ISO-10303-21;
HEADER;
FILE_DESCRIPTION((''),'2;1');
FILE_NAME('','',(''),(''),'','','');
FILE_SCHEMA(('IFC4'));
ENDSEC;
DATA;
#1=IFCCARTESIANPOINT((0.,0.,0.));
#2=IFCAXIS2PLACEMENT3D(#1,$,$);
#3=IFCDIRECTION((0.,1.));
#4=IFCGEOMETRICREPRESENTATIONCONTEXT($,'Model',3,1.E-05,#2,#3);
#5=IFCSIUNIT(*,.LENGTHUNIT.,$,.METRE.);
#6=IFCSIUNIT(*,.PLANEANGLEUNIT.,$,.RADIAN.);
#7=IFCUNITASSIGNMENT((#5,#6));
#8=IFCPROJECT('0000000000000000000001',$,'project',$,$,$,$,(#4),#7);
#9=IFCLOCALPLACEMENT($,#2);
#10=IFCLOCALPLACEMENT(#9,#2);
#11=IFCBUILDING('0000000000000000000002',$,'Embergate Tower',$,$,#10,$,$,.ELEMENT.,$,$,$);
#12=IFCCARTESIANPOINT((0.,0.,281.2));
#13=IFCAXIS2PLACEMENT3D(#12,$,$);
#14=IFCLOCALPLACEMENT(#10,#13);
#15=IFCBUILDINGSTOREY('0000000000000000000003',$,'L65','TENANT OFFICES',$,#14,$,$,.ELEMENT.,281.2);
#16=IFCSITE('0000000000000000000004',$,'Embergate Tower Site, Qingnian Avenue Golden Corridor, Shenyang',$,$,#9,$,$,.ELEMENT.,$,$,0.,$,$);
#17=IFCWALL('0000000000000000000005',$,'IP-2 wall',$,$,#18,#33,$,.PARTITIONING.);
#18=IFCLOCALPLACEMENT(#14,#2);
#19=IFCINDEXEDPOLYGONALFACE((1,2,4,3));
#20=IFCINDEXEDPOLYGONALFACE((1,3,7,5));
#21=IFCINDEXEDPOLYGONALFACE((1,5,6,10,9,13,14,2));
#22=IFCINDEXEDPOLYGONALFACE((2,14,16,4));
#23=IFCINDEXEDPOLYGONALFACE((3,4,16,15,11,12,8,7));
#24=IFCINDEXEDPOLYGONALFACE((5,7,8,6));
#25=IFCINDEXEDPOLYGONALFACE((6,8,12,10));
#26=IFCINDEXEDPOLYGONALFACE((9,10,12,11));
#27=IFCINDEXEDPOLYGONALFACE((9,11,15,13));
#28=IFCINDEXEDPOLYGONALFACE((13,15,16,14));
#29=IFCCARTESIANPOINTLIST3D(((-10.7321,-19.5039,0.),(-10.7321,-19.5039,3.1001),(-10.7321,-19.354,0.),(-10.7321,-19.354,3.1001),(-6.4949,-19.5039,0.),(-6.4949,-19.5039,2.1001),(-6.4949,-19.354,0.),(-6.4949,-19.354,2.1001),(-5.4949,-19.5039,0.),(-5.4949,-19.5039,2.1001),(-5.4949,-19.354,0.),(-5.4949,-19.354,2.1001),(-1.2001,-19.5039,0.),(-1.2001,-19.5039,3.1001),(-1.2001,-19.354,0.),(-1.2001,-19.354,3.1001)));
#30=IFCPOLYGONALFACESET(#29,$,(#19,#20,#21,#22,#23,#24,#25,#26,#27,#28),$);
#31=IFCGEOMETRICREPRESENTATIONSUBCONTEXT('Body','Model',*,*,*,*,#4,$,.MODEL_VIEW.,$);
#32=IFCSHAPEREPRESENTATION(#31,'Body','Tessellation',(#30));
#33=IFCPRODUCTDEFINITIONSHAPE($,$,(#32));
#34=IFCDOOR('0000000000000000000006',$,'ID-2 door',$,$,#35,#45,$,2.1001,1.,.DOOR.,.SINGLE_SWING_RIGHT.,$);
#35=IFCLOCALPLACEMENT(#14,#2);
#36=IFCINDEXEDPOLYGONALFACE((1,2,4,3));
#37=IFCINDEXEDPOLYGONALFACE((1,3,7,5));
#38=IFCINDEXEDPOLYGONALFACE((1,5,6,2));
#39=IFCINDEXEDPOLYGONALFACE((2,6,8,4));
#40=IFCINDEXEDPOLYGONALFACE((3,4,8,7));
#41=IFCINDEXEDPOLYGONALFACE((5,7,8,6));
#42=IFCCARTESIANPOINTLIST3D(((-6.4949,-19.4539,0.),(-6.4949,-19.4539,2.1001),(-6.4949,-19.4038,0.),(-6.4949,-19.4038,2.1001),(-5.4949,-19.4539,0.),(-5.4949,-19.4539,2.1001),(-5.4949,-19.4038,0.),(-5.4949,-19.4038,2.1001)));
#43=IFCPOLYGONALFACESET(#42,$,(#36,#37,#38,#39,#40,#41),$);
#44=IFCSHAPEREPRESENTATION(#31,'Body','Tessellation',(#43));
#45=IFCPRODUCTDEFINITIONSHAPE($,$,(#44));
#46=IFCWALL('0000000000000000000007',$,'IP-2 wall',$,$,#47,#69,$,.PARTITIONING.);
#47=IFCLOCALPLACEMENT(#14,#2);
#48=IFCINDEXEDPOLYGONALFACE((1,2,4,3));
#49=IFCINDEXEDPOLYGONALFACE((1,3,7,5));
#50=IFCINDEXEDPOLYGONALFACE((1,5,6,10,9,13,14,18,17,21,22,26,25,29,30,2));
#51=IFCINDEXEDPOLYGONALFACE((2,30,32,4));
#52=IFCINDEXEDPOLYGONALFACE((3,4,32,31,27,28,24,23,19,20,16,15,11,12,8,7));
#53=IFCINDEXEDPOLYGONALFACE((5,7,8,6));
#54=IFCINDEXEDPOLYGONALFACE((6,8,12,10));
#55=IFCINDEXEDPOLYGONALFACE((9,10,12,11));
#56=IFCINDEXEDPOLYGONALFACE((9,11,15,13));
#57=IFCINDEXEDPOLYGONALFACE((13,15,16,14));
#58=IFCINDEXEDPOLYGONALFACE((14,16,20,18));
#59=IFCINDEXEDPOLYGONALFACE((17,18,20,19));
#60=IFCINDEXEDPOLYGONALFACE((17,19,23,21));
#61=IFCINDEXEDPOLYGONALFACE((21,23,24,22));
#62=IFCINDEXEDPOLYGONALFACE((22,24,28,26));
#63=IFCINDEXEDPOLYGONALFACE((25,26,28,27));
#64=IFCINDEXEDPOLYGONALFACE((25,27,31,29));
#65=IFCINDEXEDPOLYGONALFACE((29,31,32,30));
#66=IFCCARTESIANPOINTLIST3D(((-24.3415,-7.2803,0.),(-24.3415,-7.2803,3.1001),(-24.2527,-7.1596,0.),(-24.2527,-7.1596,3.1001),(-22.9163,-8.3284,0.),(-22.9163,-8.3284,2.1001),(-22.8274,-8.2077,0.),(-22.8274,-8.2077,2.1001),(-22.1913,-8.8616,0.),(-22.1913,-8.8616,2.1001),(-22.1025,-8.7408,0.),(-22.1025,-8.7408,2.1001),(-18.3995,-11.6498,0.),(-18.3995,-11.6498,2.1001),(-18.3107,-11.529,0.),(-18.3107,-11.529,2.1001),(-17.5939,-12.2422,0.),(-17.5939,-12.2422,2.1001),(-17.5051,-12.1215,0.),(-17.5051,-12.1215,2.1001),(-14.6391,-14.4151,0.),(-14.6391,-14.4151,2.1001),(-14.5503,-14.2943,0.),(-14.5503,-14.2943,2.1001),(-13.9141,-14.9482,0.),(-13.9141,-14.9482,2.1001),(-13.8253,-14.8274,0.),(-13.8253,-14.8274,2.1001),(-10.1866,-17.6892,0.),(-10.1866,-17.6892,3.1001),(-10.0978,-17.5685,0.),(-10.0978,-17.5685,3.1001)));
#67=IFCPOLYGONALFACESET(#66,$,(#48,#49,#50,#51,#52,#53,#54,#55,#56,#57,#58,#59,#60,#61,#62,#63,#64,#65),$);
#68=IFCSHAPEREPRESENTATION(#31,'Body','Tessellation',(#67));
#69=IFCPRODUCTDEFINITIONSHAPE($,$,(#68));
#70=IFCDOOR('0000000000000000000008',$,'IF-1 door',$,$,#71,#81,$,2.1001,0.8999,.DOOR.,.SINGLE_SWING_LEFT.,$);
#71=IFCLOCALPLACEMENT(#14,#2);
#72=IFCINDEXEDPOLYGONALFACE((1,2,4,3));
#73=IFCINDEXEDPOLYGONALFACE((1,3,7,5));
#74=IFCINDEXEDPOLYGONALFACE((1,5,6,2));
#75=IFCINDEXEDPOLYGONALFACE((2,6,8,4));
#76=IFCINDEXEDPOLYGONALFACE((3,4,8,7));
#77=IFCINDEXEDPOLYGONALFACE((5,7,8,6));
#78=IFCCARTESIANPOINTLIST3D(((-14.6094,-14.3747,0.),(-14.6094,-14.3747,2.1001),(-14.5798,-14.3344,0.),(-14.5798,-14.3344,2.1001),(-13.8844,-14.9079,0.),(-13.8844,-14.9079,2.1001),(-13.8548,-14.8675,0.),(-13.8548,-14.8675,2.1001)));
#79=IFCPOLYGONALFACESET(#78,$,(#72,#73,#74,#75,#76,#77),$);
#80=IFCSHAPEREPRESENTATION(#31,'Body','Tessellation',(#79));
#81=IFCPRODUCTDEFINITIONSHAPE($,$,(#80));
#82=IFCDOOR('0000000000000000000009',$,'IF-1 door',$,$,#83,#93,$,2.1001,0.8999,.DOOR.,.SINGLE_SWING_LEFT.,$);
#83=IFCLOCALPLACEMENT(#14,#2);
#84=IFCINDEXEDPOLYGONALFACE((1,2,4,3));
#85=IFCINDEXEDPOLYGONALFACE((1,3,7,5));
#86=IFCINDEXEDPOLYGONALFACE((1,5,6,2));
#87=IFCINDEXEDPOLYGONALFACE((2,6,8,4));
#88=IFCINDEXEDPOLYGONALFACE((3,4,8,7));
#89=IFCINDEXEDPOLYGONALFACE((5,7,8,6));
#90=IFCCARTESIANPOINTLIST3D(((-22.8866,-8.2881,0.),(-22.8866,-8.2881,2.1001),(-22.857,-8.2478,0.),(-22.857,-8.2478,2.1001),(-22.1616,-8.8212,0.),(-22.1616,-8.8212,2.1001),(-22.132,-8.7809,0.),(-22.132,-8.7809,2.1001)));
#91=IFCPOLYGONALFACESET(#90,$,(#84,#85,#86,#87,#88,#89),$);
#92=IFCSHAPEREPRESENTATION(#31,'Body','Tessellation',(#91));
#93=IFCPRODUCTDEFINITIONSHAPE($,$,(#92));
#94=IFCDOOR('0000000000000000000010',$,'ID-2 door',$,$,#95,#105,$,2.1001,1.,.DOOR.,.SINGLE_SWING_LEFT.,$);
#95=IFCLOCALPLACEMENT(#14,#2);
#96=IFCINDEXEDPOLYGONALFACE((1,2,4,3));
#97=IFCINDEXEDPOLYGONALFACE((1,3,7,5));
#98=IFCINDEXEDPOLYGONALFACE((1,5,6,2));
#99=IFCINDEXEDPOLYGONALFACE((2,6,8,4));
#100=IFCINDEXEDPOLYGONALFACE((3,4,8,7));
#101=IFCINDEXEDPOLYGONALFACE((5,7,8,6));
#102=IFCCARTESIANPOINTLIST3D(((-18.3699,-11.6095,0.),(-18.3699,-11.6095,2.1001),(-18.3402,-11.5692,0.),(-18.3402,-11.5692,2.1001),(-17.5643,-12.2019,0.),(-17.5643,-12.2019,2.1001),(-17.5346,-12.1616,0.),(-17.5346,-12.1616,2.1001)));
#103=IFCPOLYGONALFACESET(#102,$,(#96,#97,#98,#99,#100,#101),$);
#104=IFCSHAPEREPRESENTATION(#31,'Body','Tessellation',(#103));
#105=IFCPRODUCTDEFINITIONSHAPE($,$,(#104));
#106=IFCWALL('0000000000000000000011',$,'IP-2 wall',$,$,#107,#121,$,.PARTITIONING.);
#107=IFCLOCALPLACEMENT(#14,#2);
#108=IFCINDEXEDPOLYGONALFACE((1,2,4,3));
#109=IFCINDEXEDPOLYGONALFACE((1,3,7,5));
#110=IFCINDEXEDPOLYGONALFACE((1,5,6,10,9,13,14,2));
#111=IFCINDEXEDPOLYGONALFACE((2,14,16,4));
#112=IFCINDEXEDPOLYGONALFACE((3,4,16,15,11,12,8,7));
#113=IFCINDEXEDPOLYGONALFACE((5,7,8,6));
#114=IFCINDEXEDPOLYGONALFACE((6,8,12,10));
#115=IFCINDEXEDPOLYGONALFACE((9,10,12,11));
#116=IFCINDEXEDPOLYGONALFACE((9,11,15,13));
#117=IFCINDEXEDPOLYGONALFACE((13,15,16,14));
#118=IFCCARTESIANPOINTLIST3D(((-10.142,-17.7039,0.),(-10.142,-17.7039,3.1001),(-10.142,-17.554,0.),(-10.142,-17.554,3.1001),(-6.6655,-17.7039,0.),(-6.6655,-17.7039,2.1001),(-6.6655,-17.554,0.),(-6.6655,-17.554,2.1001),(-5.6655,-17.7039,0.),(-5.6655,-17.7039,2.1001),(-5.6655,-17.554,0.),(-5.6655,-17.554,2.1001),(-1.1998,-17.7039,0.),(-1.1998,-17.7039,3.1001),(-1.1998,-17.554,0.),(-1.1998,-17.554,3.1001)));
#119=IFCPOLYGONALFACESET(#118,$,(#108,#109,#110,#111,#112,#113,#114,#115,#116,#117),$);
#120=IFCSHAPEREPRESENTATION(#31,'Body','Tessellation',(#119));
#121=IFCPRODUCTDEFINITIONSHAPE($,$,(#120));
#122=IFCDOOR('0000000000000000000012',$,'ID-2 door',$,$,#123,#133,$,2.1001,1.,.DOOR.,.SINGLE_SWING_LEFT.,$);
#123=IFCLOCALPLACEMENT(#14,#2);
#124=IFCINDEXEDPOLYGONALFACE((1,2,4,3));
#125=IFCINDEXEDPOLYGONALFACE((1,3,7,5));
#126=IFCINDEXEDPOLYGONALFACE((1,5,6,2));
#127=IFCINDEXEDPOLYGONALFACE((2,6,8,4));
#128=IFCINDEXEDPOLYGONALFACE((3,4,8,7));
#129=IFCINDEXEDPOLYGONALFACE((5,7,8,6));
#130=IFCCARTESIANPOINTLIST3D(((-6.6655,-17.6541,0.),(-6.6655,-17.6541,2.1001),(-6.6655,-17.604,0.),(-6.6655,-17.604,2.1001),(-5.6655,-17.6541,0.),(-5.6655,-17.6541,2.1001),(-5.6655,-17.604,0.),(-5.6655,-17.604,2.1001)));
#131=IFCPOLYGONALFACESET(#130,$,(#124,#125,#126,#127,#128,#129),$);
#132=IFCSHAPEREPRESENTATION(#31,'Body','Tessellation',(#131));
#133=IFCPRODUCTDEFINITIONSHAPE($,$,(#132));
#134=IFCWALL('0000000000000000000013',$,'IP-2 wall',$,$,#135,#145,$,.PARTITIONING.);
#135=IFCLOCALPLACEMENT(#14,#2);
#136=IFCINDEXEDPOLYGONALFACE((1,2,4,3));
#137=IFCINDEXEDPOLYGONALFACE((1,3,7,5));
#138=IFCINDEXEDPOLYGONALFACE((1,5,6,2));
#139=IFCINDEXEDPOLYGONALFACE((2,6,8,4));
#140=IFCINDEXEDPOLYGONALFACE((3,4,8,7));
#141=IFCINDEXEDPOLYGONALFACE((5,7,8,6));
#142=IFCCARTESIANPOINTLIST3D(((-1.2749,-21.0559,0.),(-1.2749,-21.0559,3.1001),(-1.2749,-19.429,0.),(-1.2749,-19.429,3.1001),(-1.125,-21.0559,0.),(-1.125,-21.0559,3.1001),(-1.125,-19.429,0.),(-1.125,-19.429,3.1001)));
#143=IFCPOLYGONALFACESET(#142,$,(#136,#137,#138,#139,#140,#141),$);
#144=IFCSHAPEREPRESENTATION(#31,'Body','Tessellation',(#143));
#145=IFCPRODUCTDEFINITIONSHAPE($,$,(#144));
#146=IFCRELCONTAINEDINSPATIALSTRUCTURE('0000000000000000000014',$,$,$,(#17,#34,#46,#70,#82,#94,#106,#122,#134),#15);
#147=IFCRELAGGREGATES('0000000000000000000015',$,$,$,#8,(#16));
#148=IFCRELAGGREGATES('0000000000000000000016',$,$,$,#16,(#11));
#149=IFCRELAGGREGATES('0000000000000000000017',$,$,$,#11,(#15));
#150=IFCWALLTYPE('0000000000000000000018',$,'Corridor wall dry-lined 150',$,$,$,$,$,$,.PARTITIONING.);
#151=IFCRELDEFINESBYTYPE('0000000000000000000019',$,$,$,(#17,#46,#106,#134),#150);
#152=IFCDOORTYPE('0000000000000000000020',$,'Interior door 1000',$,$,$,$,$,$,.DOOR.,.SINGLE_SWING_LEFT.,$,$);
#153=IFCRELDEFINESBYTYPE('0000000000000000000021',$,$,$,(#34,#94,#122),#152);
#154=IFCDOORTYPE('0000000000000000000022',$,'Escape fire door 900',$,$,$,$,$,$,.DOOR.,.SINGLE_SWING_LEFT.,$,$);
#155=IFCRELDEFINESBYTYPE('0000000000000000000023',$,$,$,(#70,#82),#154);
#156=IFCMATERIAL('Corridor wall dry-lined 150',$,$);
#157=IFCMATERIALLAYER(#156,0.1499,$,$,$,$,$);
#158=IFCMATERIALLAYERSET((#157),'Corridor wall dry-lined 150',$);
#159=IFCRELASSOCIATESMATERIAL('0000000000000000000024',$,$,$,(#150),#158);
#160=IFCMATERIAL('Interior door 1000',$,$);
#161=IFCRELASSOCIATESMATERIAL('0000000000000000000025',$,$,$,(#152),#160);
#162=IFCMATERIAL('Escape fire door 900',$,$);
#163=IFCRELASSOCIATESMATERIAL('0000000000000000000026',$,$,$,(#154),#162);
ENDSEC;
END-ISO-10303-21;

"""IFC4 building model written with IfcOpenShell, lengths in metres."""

from ifc_helpers import new_model, si_unit, direction, frame, frame_2d, origin, place, context, subcontext, project, spatial, rectangle, extrude, source, transform, mapped, material, layer, layer_set, type_object, element, fill, save


model = new_model("IFC4")

# Units and contexts
model_context = context("Model", 3, precision=1e-05, world=origin(), true_north=direction((0.0, 1.0)))
body_context = subcontext(model_context, "Body", "Model", "MODEL_VIEW")
ifc_project = project(units=[si_unit("LENGTHUNIT", "METRE"), si_unit("PLANEANGLEUNIT", "RADIAN")], contexts=[model_context])

# Site, building, storey
site_placement = place(None, origin())
site = spatial("IfcSite", under=ifc_project, at=site_placement, Name="Embergate Tower Site, Qingnian Avenue Golden Corridor, Shenyang", CompositionType="ELEMENT", RefElevation=0.0)
building_placement = place(site_placement, origin())
building = spatial("IfcBuilding", under=site, at=building_placement, Name="Embergate Tower", CompositionType="ELEMENT")
storey_placement = place(building_placement, frame((0.0, 0.0, 281.2)))
storey = spatial("IfcBuildingStorey", under=building, at=storey_placement, Name="L65", Description="TENANT OFFICES", CompositionType="ELEMENT", Elevation=281.2)

# Wall, opening, door
ifc_material_1 = material(Name="Corridor wall dry-lined 150")
ifc_layer_1 = layer(ifc_material_1, 0.1499)
ifc_layer_set_1 = layer_set([ifc_layer_1], Name="Corridor wall dry-lined 150")
wall_type_1 = type_object("IfcWallType", Name="Corridor wall dry-lined 150", PredefinedType="PARTITIONING", material=ifc_layer_set_1)
shared_shape_1 = source(origin(), body_context, "Body", "SweptSolid", [
    extrude(rectangle(XDim=9.532, YDim=0.1499, at=frame_2d((4.7661, 0.0))), origin(), (0.0, 0.0, 1.0), 3.1001),
])
wall_1_placement = place(storey_placement, frame((-1.2, -19.429, 0.0), z_axis=(0.0, 0.0, 1.0), x_axis=(-1.0, 0.0, 0.0)))
wall_1 = element("IfcWall", 1, at=wall_1_placement, inside=storey, type_object=wall_type_1, Name="IP-2 wall", PredefinedType="PARTITIONING", context=body_context, shape_type="MappedRepresentation", body=[
    mapped(shared_shape_1, transform((0.0, 0.0, 0.0))),
])
shared_shape_2 = source(origin(), body_context, "Body", "SweptSolid", [
    extrude(rectangle(XDim=1.0, YDim=2.1001, at=frame_2d((0.5, 1.05))), frame((0.0, 0.085, 0.0), z_axis=(0.0, -1.0, 0.0), x_axis=(1.0, 0.0, 0.0)), (0.0, 0.0, 1.0), 0.1699),
])
opening_1_placement = place(wall_1_placement, frame((4.2949, 0.0, 0.0)))
opening_1 = element("IfcOpeningElement", 2, at=opening_1_placement, cuts=wall_1, PredefinedType="OPENING", context=body_context, shape_type="MappedRepresentation", body=[
    mapped(shared_shape_2, transform((0.0, 0.0, 0.0))),
])
ifc_material_2 = material(Name="Interior door 1000")
door_type_1 = type_object("IfcDoorType", Name="Interior door 1000", OperationType="SINGLE_SWING_LEFT", PredefinedType="DOOR", material=ifc_material_2)
shared_shape_3 = source(origin(), body_context, "Body", "SweptSolid", [
    extrude(rectangle(XDim=1.0, YDim=2.1001, at=frame_2d((0.5, 1.05))), frame((0.0, 0.0249, 0.0), z_axis=(0.0, -1.0, 0.0), x_axis=(1.0, 0.0, 0.0)), (0.0, 0.0, 1.0), 0.05),
])
door_1_placement = place(opening_1_placement, origin())
door_1 = element("IfcDoor", 3, at=door_1_placement, inside=storey, type_object=door_type_1, Name="ID-2 door", OperationType="SINGLE_SWING_RIGHT", OverallHeight=2.1001, OverallWidth=1.0, PredefinedType="DOOR", context=body_context, shape_type="MappedRepresentation", body=[
    mapped(shared_shape_3, transform((0.0, 0.0, 0.0))),
])
fill(opening_1, door_1)

# Wall, openings, doors
shared_shape_4 = source(origin(), body_context, "Body", "SweptSolid", [
    extrude(rectangle(XDim=17.5701, YDim=0.1499, at=frame_2d((8.7852, 0.0))), origin(), (0.0, 0.0, 1.0), 3.1001),
])
wall_2_placement = place(storey_placement, frame((-10.1421, -17.6289, 0.0), z_axis=(0.0, 0.0, 1.0), x_axis=(-0.805629, 0.592421, 0.0)))
wall_2 = element("IfcWall", 4, at=wall_2_placement, inside=storey, type_object=wall_type_1, Name="IP-2 wall", PredefinedType="PARTITIONING", context=body_context, shape_type="MappedRepresentation", body=[
    mapped(shared_shape_4, transform((0.0, 0.0, 0.0))),
])
opening_2_placement = place(wall_2_placement, frame((9.1946, 0.0, 0.0)))
opening_2 = element("IfcOpeningElement", 5, at=opening_2_placement, cuts=wall_2, PredefinedType="OPENING", context=body_context, shape_type="MappedRepresentation", body=[
    mapped(shared_shape_2, transform((0.0, 0.0, 0.0))),
])
shared_shape_5 = source(origin(), body_context, "Body", "SweptSolid", [
    extrude(rectangle(XDim=0.8999, YDim=2.1001, at=frame_2d((0.45, 1.05))), frame((0.0, 0.085, 0.0), z_axis=(0.0, -1.0, 0.0), x_axis=(1.0, 0.0, 0.0)), (0.0, 0.0, 1.0), 0.1699),
])
opening_3_placement = place(wall_2_placement, frame((4.627, 0.0, 0.0)))
opening_3 = element("IfcOpeningElement", 6, at=opening_3_placement, cuts=wall_2, PredefinedType="OPENING", context=body_context, shape_type="MappedRepresentation", body=[
    mapped(shared_shape_5, transform((0.0, 0.0, 0.0))),
])
opening_4_placement = place(wall_2_placement, frame((14.9011, 0.0, 0.0)))
opening_4 = element("IfcOpeningElement", 7, at=opening_4_placement, cuts=wall_2, PredefinedType="OPENING", context=body_context, shape_type="MappedRepresentation", body=[
    mapped(shared_shape_5, transform((0.0, 0.0, 0.0))),
])
ifc_material_3 = material(Name="Escape fire door 900")
door_type_2 = type_object("IfcDoorType", Name="Escape fire door 900", OperationType="SINGLE_SWING_LEFT", PredefinedType="DOOR", material=ifc_material_3)
shared_shape_6 = source(origin(), body_context, "Body", "SweptSolid", [
    extrude(rectangle(XDim=0.8999, YDim=2.1001, at=frame_2d((0.45, 1.05))), frame((0.0, 0.0249, 0.0), z_axis=(0.0, -1.0, 0.0), x_axis=(1.0, 0.0, 0.0)), (0.0, 0.0, 1.0), 0.05),
])
door_2_placement = place(opening_3_placement, origin())
door_2 = element("IfcDoor", 8, at=door_2_placement, inside=storey, type_object=door_type_2, Name="IF-1 door", OperationType="SINGLE_SWING_LEFT", OverallHeight=2.1001, OverallWidth=0.8999, PredefinedType="DOOR", context=body_context, shape_type="MappedRepresentation", body=[
    mapped(shared_shape_6, transform((0.0, 0.0, 0.0))),
])
fill(opening_3, door_2)
door_3_placement = place(opening_4_placement, origin())
door_3 = element("IfcDoor", 9, at=door_3_placement, inside=storey, type_object=door_type_2, Name="IF-1 door", OperationType="SINGLE_SWING_LEFT", OverallHeight=2.1001, OverallWidth=0.8999, PredefinedType="DOOR", context=body_context, shape_type="MappedRepresentation", body=[
    mapped(shared_shape_6, transform((0.0, 0.0, 0.0))),
])
fill(opening_4, door_3)
door_4_placement = place(opening_2_placement, origin())
door_4 = element("IfcDoor", 10, at=door_4_placement, inside=storey, type_object=door_type_1, Name="ID-2 door", OperationType="SINGLE_SWING_LEFT", OverallHeight=2.1001, OverallWidth=1.0, PredefinedType="DOOR", context=body_context, shape_type="MappedRepresentation", body=[
    mapped(shared_shape_3, transform((0.0, 0.0, 0.0))),
])
fill(opening_2, door_4)

# Wall, opening, door
shared_shape_7 = source(origin(), body_context, "Body", "SweptSolid", [
    extrude(rectangle(XDim=8.9421, YDim=0.1499, at=frame_2d((4.4712, 0.0))), origin(), (0.0, 0.0, 1.0), 3.1001),
])
wall_3_placement = place(storey_placement, frame((-10.1421, -17.6289, 0.0), z_axis=(0.0, 0.0, 1.0), x_axis=(1.0, 0.0, 0.0)))
wall_3 = element("IfcWall", 11, at=wall_3_placement, inside=storey, type_object=wall_type_1, Name="IP-2 wall", PredefinedType="PARTITIONING", context=body_context, shape_type="MappedRepresentation", body=[
    mapped(shared_shape_7, transform((0.0, 0.0, 0.0))),
])
opening_5_placement = place(wall_3_placement, frame((3.4766, 0.0, 0.0)))
opening_5 = element("IfcOpeningElement", 12, at=opening_5_placement, cuts=wall_3, PredefinedType="OPENING", context=body_context, shape_type="MappedRepresentation", body=[
    mapped(shared_shape_2, transform((0.0, 0.0, 0.0))),
])
door_5_placement = place(opening_5_placement, origin())
door_5 = element("IfcDoor", 13, at=door_5_placement, inside=storey, type_object=door_type_1, Name="ID-2 door", OperationType="SINGLE_SWING_LEFT", OverallHeight=2.1001, OverallWidth=1.0, PredefinedType="DOOR", context=body_context, shape_type="MappedRepresentation", body=[
    mapped(shared_shape_3, transform((0.0, 0.0, 0.0))),
])
fill(opening_5, door_5)

# Wall
shared_shape_8 = source(origin(), body_context, "Body", "SweptSolid", [
    extrude(rectangle(XDim=1.627, YDim=0.1499, at=frame_2d((0.8135, 0.0))), origin(), (0.0, 0.0, 1.0), 3.1001),
])
wall_4_placement = place(storey_placement, frame((-1.2, -21.0559, 0.0), z_axis=(0.0, 0.0, 1.0), x_axis=(0.0, 1.0, 0.0)))
element("IfcWall", 14, at=wall_4_placement, inside=storey, type_object=wall_type_1, Name="IP-2 wall", PredefinedType="PARTITIONING", context=body_context, shape_type="MappedRepresentation", body=[
    mapped(shared_shape_8, transform((0.0, 0.0, 0.0))),
])

save(model, "model.ifc")
